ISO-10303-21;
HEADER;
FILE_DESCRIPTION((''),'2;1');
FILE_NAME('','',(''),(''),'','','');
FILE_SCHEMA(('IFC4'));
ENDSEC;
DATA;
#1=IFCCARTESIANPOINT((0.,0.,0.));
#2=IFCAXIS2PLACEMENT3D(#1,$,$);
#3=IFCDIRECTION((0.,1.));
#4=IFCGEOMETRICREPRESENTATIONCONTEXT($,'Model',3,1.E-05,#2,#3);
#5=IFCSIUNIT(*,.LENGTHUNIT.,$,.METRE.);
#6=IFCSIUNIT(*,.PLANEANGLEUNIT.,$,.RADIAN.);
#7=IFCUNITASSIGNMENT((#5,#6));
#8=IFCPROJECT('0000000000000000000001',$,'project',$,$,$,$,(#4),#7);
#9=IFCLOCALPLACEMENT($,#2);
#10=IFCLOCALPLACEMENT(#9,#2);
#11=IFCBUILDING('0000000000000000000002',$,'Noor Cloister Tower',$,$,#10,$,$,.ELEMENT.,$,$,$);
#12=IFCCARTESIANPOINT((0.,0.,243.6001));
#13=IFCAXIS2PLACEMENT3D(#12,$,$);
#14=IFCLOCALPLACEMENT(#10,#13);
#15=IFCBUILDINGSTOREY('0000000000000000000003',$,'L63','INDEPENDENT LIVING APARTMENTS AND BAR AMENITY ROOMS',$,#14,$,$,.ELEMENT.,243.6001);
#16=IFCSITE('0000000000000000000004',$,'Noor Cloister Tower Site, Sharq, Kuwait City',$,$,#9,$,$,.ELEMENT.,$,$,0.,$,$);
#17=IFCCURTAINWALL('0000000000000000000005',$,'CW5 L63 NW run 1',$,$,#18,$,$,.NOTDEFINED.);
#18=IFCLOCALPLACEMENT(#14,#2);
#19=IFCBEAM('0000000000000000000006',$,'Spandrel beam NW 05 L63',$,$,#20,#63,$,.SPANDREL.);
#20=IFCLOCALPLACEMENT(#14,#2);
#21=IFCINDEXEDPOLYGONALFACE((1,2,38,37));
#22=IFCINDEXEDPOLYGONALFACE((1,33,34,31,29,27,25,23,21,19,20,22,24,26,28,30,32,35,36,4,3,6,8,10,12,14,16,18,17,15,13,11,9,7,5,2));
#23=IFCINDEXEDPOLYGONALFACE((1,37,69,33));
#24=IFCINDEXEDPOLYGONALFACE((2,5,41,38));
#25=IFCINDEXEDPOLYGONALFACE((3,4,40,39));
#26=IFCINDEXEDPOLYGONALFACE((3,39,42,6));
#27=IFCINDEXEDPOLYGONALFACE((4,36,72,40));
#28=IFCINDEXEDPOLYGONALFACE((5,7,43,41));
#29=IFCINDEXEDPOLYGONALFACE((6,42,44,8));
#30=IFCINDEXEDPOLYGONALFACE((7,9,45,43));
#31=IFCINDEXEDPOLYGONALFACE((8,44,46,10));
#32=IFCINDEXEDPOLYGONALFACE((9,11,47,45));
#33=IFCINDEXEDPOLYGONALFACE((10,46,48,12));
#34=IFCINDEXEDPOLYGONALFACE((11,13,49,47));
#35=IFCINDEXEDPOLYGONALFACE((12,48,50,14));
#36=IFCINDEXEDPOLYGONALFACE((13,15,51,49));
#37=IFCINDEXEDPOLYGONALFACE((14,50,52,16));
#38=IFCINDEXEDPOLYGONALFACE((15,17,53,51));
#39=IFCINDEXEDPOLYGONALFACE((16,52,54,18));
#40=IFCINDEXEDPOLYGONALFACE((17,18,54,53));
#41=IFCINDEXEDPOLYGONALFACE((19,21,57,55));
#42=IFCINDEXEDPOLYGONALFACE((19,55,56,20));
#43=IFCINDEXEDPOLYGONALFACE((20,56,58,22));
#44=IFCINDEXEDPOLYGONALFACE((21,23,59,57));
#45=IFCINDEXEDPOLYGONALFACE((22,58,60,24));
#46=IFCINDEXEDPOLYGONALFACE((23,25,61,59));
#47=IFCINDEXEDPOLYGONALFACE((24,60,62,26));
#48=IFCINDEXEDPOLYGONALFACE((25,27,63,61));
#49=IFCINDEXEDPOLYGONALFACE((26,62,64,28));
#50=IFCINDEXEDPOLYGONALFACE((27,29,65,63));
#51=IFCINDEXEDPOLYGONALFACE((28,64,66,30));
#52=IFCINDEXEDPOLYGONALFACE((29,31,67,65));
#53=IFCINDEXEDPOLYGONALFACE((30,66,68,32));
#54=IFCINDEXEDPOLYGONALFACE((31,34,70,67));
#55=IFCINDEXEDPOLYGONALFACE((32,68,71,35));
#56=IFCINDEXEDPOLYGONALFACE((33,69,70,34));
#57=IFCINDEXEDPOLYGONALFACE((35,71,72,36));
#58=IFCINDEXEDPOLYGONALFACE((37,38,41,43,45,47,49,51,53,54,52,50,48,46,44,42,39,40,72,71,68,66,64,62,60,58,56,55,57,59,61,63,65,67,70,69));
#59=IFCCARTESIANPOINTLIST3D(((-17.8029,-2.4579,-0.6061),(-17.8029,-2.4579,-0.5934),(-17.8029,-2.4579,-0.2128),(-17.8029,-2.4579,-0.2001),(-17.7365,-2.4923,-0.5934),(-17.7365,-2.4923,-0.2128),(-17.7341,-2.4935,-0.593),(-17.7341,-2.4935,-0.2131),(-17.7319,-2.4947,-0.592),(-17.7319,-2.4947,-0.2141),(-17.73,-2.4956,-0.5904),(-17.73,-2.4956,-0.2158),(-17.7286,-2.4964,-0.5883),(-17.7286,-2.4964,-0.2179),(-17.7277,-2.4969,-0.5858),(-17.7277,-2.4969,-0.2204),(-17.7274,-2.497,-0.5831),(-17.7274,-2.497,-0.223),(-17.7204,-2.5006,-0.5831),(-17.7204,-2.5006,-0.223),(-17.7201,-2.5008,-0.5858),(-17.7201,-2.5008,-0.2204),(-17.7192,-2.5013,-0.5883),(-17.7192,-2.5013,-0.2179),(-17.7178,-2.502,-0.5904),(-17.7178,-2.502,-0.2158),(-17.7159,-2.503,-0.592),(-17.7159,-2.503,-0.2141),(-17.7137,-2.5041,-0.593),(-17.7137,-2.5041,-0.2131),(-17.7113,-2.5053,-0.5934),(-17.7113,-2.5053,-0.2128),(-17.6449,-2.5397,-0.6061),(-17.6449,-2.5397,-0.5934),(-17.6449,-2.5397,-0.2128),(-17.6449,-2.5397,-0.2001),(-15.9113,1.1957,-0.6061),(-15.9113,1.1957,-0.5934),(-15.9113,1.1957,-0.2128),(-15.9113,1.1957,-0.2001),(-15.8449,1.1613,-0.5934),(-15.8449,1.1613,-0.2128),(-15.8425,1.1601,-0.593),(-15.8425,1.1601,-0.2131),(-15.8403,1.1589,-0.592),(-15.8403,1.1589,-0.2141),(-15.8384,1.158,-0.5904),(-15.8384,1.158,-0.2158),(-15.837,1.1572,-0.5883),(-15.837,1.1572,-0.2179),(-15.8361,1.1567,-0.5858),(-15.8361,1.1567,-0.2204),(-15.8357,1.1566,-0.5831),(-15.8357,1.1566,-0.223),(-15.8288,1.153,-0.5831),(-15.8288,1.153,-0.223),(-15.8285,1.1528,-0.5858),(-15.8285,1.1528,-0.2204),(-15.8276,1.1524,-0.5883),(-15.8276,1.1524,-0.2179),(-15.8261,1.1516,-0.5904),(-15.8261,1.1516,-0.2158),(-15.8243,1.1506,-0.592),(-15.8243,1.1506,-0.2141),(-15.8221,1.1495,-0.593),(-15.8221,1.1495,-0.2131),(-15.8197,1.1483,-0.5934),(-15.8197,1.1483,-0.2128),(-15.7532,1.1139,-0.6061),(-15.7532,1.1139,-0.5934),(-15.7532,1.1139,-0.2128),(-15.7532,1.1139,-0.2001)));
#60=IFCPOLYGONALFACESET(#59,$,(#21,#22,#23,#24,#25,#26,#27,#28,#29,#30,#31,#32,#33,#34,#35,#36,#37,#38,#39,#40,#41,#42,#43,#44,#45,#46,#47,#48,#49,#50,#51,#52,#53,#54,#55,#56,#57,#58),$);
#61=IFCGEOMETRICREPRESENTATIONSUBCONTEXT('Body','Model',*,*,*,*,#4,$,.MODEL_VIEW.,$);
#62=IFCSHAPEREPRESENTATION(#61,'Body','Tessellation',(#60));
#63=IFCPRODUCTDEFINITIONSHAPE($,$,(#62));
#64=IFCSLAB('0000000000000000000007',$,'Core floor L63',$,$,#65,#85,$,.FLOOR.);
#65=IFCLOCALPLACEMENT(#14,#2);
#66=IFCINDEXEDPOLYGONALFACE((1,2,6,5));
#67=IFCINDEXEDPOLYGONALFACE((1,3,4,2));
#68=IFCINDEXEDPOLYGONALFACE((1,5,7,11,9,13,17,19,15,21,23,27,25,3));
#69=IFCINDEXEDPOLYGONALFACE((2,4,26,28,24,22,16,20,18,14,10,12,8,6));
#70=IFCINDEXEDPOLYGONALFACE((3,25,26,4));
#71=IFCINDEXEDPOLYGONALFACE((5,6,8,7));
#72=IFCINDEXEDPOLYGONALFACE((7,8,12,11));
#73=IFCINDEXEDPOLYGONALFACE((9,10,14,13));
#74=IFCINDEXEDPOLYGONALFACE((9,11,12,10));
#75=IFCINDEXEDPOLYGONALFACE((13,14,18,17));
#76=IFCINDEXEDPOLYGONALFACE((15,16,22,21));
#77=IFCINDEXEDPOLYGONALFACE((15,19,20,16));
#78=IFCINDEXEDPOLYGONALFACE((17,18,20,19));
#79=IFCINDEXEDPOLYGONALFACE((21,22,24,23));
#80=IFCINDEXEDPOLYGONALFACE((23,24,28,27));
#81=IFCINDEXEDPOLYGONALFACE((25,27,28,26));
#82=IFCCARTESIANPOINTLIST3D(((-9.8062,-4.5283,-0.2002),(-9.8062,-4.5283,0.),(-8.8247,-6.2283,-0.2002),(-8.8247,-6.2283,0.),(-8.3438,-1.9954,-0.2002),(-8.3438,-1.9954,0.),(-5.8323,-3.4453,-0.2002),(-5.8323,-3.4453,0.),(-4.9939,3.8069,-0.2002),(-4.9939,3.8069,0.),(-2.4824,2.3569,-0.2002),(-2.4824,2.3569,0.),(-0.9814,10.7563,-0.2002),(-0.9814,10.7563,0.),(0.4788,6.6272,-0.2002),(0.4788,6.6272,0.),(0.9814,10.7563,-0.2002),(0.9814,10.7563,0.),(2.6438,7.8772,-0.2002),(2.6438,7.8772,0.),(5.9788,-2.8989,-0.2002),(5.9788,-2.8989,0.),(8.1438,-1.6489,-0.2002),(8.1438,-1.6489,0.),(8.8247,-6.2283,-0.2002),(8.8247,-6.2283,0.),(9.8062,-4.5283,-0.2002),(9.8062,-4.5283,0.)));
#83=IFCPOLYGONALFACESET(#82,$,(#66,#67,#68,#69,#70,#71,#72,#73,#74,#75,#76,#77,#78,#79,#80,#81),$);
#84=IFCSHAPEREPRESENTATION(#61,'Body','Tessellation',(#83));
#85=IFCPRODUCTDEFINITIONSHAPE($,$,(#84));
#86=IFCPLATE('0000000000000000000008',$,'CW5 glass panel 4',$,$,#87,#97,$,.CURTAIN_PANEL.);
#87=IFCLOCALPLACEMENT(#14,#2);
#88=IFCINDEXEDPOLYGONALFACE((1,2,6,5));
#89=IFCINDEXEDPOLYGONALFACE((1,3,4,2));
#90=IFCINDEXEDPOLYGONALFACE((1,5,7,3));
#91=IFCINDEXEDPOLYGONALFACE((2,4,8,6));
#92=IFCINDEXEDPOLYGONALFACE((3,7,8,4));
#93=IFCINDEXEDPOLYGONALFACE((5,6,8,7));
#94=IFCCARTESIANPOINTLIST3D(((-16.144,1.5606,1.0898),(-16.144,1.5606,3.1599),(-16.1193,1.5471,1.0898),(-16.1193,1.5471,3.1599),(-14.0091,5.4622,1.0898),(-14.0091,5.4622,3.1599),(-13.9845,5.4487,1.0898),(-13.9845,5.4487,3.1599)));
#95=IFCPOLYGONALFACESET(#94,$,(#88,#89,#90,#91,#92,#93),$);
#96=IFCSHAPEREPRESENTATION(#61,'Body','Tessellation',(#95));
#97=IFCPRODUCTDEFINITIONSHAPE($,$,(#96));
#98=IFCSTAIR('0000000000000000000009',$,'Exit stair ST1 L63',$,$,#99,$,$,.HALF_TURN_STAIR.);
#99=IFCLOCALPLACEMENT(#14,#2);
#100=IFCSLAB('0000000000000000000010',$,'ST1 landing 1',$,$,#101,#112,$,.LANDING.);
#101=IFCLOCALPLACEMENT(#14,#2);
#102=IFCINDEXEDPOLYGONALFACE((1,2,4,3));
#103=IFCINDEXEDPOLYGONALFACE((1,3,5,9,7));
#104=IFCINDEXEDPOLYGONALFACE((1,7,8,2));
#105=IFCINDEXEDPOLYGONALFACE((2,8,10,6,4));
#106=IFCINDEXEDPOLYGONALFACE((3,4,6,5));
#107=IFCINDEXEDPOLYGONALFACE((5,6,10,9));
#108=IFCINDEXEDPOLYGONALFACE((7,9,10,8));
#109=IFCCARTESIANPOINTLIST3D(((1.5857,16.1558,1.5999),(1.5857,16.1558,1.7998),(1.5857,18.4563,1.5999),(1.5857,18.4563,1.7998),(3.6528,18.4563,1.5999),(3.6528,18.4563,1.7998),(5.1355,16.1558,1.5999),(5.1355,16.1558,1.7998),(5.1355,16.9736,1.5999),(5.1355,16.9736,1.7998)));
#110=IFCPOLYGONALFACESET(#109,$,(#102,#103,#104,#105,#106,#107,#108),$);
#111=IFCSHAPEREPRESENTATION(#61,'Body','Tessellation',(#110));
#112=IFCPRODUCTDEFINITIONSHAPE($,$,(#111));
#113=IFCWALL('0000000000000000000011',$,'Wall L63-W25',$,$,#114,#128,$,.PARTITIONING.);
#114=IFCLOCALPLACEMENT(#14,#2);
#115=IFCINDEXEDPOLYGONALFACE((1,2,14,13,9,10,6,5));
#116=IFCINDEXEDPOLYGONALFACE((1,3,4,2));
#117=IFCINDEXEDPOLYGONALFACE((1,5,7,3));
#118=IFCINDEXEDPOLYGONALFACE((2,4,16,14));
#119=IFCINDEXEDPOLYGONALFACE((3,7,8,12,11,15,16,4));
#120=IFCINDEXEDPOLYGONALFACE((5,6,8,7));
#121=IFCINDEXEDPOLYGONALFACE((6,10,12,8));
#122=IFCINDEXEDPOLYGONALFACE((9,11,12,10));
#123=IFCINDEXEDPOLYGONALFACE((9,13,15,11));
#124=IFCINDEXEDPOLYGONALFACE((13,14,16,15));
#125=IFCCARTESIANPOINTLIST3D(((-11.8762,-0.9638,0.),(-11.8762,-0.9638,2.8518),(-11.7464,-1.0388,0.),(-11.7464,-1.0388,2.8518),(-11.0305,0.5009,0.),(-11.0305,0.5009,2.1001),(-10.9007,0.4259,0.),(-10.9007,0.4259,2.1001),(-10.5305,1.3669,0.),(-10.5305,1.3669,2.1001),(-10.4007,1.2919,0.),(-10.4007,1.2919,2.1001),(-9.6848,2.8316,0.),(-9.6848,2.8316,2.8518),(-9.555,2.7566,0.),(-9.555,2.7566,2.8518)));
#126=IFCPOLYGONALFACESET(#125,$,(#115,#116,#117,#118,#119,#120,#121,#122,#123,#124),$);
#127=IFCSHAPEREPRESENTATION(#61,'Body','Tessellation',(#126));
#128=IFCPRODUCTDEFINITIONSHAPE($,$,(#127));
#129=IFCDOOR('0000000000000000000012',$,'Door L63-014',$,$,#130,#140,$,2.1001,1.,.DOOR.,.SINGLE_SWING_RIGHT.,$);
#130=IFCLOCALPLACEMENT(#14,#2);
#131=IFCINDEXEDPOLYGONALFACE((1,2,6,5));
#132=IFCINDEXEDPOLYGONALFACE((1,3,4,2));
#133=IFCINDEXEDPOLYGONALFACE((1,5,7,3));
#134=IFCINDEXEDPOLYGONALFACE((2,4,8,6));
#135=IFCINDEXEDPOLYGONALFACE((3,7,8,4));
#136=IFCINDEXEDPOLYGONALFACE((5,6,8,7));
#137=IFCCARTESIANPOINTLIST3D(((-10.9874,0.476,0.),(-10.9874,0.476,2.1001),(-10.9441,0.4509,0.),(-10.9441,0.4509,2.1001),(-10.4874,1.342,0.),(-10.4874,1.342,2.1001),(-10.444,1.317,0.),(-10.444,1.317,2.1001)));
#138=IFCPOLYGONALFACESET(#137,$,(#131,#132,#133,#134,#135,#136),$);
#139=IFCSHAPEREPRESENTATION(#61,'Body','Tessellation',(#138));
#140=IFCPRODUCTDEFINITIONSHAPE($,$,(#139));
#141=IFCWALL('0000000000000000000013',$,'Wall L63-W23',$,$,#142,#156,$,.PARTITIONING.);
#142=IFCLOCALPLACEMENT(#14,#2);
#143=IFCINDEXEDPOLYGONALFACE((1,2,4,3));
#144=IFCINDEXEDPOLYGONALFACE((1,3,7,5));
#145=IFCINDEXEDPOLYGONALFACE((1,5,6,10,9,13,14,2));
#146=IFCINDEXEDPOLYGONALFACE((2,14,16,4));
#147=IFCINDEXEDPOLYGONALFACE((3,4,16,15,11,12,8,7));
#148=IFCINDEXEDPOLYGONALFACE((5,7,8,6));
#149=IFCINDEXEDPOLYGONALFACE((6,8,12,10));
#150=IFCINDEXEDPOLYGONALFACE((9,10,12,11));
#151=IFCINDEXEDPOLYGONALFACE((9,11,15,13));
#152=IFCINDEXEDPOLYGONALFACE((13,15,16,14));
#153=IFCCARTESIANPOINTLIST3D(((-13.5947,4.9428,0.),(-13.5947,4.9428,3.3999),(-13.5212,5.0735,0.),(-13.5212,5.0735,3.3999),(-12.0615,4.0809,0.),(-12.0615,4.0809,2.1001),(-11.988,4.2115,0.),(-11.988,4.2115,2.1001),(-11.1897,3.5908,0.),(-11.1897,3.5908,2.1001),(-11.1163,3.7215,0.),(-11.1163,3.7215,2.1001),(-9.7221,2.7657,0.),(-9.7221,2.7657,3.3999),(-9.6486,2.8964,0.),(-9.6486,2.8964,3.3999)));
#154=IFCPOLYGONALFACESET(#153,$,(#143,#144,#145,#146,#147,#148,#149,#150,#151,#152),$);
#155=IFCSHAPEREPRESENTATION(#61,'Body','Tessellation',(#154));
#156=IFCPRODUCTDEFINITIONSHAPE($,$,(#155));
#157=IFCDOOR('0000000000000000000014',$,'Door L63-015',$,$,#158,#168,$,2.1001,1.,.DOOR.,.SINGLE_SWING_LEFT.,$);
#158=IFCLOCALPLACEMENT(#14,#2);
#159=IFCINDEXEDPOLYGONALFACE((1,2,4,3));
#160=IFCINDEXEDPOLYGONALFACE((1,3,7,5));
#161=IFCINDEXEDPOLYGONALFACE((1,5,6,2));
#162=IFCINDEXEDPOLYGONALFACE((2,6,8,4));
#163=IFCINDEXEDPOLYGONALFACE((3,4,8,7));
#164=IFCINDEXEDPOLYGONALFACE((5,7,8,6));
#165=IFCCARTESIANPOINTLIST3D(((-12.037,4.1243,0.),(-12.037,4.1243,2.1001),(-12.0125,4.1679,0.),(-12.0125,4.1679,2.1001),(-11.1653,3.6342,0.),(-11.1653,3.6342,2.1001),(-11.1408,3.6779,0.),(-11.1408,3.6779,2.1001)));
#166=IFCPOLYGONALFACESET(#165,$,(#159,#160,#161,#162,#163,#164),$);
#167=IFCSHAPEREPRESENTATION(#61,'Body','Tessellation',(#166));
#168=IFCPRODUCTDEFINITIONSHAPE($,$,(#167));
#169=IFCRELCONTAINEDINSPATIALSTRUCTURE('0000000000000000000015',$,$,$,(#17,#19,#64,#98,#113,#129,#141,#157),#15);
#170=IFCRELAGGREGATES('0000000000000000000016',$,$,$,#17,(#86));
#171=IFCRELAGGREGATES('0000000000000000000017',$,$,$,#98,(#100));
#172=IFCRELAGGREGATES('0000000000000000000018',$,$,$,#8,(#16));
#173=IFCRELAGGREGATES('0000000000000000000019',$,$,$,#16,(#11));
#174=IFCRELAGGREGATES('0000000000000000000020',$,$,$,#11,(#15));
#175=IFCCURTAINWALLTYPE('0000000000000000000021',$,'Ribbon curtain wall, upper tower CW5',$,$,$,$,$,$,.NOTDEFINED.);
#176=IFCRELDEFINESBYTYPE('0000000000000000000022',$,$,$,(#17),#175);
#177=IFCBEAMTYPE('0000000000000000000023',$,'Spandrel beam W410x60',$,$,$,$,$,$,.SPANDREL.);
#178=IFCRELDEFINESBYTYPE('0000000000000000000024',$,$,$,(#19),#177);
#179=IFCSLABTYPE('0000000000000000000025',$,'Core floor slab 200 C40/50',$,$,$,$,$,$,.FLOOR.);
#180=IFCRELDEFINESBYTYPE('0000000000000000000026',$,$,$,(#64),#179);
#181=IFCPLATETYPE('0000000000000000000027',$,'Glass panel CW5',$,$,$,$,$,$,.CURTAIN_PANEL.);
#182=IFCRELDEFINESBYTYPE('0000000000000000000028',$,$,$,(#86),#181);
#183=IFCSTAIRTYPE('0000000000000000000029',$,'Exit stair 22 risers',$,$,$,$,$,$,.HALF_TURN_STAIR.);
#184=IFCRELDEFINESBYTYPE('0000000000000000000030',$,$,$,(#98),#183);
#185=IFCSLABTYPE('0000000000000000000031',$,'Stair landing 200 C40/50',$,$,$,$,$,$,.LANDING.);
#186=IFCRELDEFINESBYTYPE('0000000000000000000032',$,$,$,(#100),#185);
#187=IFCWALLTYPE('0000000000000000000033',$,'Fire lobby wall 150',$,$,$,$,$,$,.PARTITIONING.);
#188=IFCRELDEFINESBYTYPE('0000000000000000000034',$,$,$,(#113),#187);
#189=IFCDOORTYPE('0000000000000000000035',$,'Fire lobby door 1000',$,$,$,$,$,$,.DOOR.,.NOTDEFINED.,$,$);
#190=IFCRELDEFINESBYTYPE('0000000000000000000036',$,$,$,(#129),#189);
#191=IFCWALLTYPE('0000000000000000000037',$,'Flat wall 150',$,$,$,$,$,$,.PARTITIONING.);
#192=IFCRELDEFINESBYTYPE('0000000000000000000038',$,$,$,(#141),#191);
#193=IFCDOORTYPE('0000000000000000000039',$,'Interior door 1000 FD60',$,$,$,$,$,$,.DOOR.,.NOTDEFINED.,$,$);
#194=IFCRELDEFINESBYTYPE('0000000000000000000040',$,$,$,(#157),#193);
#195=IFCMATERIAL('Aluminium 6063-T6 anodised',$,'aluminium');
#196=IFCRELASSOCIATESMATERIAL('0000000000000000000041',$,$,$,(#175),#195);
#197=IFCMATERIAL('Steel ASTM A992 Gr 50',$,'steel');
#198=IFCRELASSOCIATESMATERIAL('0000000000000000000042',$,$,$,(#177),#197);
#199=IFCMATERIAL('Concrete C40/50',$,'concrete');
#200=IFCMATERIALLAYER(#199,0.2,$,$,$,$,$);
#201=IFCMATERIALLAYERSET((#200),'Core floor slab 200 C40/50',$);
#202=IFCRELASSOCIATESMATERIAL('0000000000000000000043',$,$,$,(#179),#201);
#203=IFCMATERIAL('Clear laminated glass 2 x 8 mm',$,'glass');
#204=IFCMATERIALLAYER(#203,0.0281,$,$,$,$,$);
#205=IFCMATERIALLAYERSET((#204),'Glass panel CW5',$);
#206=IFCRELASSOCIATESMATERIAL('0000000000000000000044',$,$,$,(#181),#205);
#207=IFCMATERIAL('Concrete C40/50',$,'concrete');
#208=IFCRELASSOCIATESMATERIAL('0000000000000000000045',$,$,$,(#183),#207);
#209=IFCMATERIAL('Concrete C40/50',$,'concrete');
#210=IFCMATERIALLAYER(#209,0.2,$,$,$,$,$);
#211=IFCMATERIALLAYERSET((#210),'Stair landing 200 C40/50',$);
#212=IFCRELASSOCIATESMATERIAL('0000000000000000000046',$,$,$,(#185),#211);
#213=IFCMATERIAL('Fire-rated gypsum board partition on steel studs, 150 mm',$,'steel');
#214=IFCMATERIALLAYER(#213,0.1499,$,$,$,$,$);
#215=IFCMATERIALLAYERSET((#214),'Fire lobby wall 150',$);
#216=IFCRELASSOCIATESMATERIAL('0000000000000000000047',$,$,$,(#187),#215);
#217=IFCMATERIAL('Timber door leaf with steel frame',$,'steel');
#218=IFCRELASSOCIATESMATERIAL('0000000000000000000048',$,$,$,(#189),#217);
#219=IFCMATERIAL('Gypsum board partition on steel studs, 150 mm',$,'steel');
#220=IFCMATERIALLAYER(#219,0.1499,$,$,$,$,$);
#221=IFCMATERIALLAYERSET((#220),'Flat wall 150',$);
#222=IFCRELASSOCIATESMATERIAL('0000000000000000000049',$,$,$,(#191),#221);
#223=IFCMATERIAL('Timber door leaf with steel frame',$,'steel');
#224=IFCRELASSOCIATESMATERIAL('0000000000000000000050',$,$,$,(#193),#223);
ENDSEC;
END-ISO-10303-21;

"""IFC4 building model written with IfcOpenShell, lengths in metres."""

from ifc_helpers import new_model, si_unit, direction, frame, frame_2d, origin, origin_2d, place, context, subcontext, project, spatial, polyline, rectangle, i_section, outline, extrude, material, layer, layer_set, material_profile, profile_set, type_object, element, fill, aggregate, save


model = new_model("IFC4")

# Units and contexts
model_context = context("Model", 3, precision=1e-05, world=origin(), true_north=direction((0.0, 1.0)))
body_context = subcontext(model_context, "Body", "Model", "MODEL_VIEW")
ifc_project = project(units=[si_unit("LENGTHUNIT", "METRE"), si_unit("PLANEANGLEUNIT", "RADIAN")], contexts=[model_context])

# Site, building, storey
site_placement = place(None, origin())
site = spatial("IfcSite", under=ifc_project, at=site_placement, Name="Noor Cloister Tower Site, Sharq, Kuwait City", CompositionType="ELEMENT", RefElevation=0.0)
building_placement = place(site_placement, origin())
building = spatial("IfcBuilding", under=site, at=building_placement, Name="Noor Cloister Tower", CompositionType="ELEMENT")
storey_placement = place(building_placement, frame((0.0, 0.0, 243.6001)))
storey = spatial("IfcBuildingStorey", under=building, at=storey_placement, Name="L63", Description="INDEPENDENT LIVING APARTMENTS AND BAR AMENITY ROOMS", CompositionType="ELEMENT", Elevation=243.6001)

# Curtain wall
ifc_material_1 = material(Name="Aluminium 6063-T6 anodised", Category="aluminium")
curtain_wall_type = type_object("IfcCurtainWallType", Name="Ribbon curtain wall, upper tower CW5", PredefinedType="NOTDEFINED", material=ifc_material_1)
curtain_wall_placement = place(storey_placement, origin())
curtain_wall = element("IfcCurtainWall", 1, at=curtain_wall_placement, inside=storey, type_object=curtain_wall_type, Name="CW5 L63 NW run 1", PredefinedType="NOTDEFINED")

# Beam
ifc_material_2 = material(Name="Steel ASTM A992 Gr 50", Category="steel")
ifc_material_profile_1 = material_profile(ifc_material_2, i_section(OverallWidth=0.178, OverallDepth=0.406, WebThickness=0.0078, FlangeThickness=0.0127, FilletRadius=0.0103, at=origin_2d()), Name="W410x60")
ifc_profile_set_1 = profile_set([ifc_material_profile_1], Name="Steel ASTM A992 Gr 50")
beam_type_1 = type_object("IfcBeamType", Name="Spandrel beam W410x60", PredefinedType="SPANDREL", material=ifc_profile_set_1)
beam_1_placement = place(storey_placement, frame((-15.8323, 1.1548, -0.4031), z_axis=(-0.459773, -0.888036, 0.0), x_axis=(0.888036, -0.459773, 0.0)))
element("IfcBeam", 2, at=beam_1_placement, inside=storey, type_object=beam_type_1, Name="Spandrel beam NW 05 L63", PredefinedType="SPANDREL", context=body_context, shape_type="SweptSolid", body=[
    extrude(i_section(OverallWidth=0.178, OverallDepth=0.406, WebThickness=0.0078, FlangeThickness=0.0127, FilletRadius=0.0103, at=origin_2d()), origin(), (0.0, 0.0, 1.0), 4.1143),
])

# Slab
ifc_material_3 = material(Name="Concrete C40/50", Category="concrete")
ifc_layer_1 = layer(ifc_material_3, 0.2)
ifc_layer_set_1 = layer_set([ifc_layer_1], Name="Core floor slab 200 C40/50")
slab_type_1 = type_object("IfcSlabType", Name="Core floor slab 200 C40/50", PredefinedType="FLOOR", material=ifc_layer_set_1)
slab_1_placement = place(storey_placement, frame((0.0, 0.0, -0.2002)))
element("IfcSlab", 3, at=slab_1_placement, inside=storey, type_object=slab_type_1, Name="Core floor L63", PredefinedType="FLOOR", context=body_context, shape_type="SweptSolid", body=[
    extrude(outline(polyline([(2.6438, 7.8772), (0.9814, 10.7563), (-0.9814, 10.7563), (-4.9939, 3.8069), (-2.4824, 2.3569), (-5.8323, -3.4453), (-8.3438, -1.9954), (-9.8062, -4.5283), (-8.8247, -6.2283), (8.8247, -6.2283), (9.8062, -4.5283), (8.1438, -1.6489), (5.9788, -2.8989), (0.4788, 6.6272), (2.6438, 7.8772)])), origin(), (0.0, 0.0, 1.0), 0.2002),
])

# Plate
ifc_material_4 = material(Name="Clear laminated glass 2 x 8 mm", Category="glass")
ifc_layer_2 = layer(ifc_material_4, 0.0281)
ifc_layer_set_2 = layer_set([ifc_layer_2], Name="Glass panel CW5")
plate_type = type_object("IfcPlateType", Name="Glass panel CW5", PredefinedType="CURTAIN_PANEL", material=ifc_layer_set_2)
plate_placement = place(storey_placement, frame((-15.0642, 3.5046, 1.0898), z_axis=(0.0, 0.0, 1.0), x_axis=(-0.480015, -0.87726, 0.0)))
plate = element("IfcPlate", 4, at=plate_placement, type_object=plate_type, Name="CW5 glass panel 4", PredefinedType="CURTAIN_PANEL", context=body_context, shape_type="SweptSolid", body=[
    extrude(rectangle(XDim=4.4475, YDim=0.0281, at=origin_2d()), origin(), (0.0, 0.0, 1.0), 2.0701),
])
aggregate(curtain_wall, [plate])

# Stair, slab
ifc_material_5 = material(Name="Concrete C40/50", Category="concrete")
stair_type = type_object("IfcStairType", Name="Exit stair 22 risers", PredefinedType="HALF_TURN_STAIR", material=ifc_material_5)
stair_placement = place(storey_placement, origin())
stair = element("IfcStair", 5, at=stair_placement, inside=storey, type_object=stair_type, Name="Exit stair ST1 L63", PredefinedType="HALF_TURN_STAIR")
ifc_material_6 = material(Name="Concrete C40/50", Category="concrete")
ifc_layer_3 = layer(ifc_material_6, 0.2)
ifc_layer_set_3 = layer_set([ifc_layer_3], Name="Stair landing 200 C40/50")
slab_type_2 = type_object("IfcSlabType", Name="Stair landing 200 C40/50", PredefinedType="LANDING", material=ifc_layer_set_3)
slab_2_placement = place(storey_placement, frame((0.0, 0.0, 1.5999)))
slab_2 = element("IfcSlab", 6, at=slab_2_placement, type_object=slab_type_2, Name="ST1 landing 1", PredefinedType="LANDING", context=body_context, shape_type="SweptSolid", body=[
    extrude(outline(polyline([(5.1355, 16.1558), (5.1355, 16.9736), (3.6528, 18.4563), (1.5857, 18.4563), (1.5857, 16.1558), (5.1355, 16.1558)])), origin(), (0.0, 0.0, 1.0), 0.2),
])
aggregate(stair, [slab_2])

# Walls, openings, doors
ifc_material_7 = material(Name="Fire-rated gypsum board partition on steel studs, 150 mm", Category="steel")
ifc_layer_4 = layer(ifc_material_7, 0.1499)
ifc_layer_set_4 = layer_set([ifc_layer_4], Name="Fire lobby wall 150")
wall_type_1 = type_object("IfcWallType", Name="Fire lobby wall 150", PredefinedType="PARTITIONING", material=ifc_layer_set_4)
wall_1_placement = place(storey_placement, frame((-9.6199, 2.7942, 0.0), z_axis=(0.0, 0.0, 1.0), x_axis=(-0.500021, -0.866013, 0.0)))
wall_1 = element("IfcWall", 7, at=wall_1_placement, inside=storey, type_object=wall_type_1, Name="Wall L63-W25", PredefinedType="PARTITIONING", context=body_context, shape_type="SweptSolid", body=[
    extrude(rectangle(XDim=4.3826, YDim=0.1499, at=frame_2d((2.1914, 0.0))), origin(), (0.0, 0.0, 1.0), 2.8518),
])
opening_1_placement = place(wall_1_placement, frame((1.6914, 0.0, 0.0)))
opening_1 = element("IfcOpeningElement", 8, at=opening_1_placement, cuts=wall_1, PredefinedType="OPENING", context=body_context, shape_type="SweptSolid", body=[
    extrude(rectangle(XDim=1.0, YDim=2.1001, at=frame_2d((0.5, 1.05))), frame((0.0, 0.085, 0.0), z_axis=(0.0, -1.0, 0.0), x_axis=(1.0, 0.0, 0.0)), (0.0, 0.0, 1.0), 0.1699),
])
ifc_material_8 = material(Name="Timber door leaf with steel frame", Category="steel")
door_type_1 = type_object("IfcDoorType", Name="Fire lobby door 1000", OperationType="NOTDEFINED", PredefinedType="DOOR", material=ifc_material_8)
door_1_placement = place(opening_1_placement, origin())
door_1 = element("IfcDoor", 9, at=door_1_placement, inside=storey, type_object=door_type_1, Name="Door L63-014", OperationType="SINGLE_SWING_RIGHT", OverallHeight=2.1001, OverallWidth=1.0, PredefinedType="DOOR", context=body_context, shape_type="SweptSolid", body=[
    extrude(rectangle(XDim=1.0, YDim=2.1001, at=frame_2d((0.5, 1.05))), frame((0.0, 0.0249, 0.0), z_axis=(0.0, -1.0, 0.0), x_axis=(1.0, 0.0, 0.0)), (0.0, 0.0, 1.0), 0.05),
])
fill(opening_1, door_1)
ifc_material_9 = material(Name="Gypsum board partition on steel studs, 150 mm", Category="steel")
ifc_layer_5 = layer(ifc_material_9, 0.1499)
ifc_layer_set_5 = layer_set([ifc_layer_5], Name="Flat wall 150")
wall_type_2 = type_object("IfcWallType", Name="Flat wall 150", PredefinedType="PARTITIONING", material=ifc_layer_set_5)
wall_2_placement = place(storey_placement, frame((-13.5579, 5.0081, 0.0), z_axis=(0.0, 0.0, 1.0), x_axis=(0.871702, -0.490037, 0.0)))
wall_2 = element("IfcWall", 10, at=wall_2_placement, inside=storey, type_object=wall_type_2, Name="Wall L63-W23", PredefinedType="PARTITIONING", context=body_context, shape_type="SweptSolid", body=[
    extrude(rectangle(XDim=4.4426, YDim=0.1499, at=frame_2d((2.2212, 0.0))), origin(), (0.0, 0.0, 1.0), 3.3999),
])
opening_2_placement = place(wall_2_placement, frame((1.7588, 0.0, 0.0)))
opening_2 = element("IfcOpeningElement", 11, at=opening_2_placement, cuts=wall_2, PredefinedType="OPENING", context=body_context, shape_type="SweptSolid", body=[
    extrude(rectangle(XDim=1.0, YDim=2.1001, at=frame_2d((0.5, 1.05))), frame((0.0, 0.085, 0.0), z_axis=(0.0, -1.0, 0.0), x_axis=(1.0, 0.0, 0.0)), (0.0, 0.0, 1.0), 0.1699),
])
ifc_material_10 = material(Name="Timber door leaf with steel frame", Category="steel")
door_type_2 = type_object("IfcDoorType", Name="Interior door 1000 FD60", OperationType="NOTDEFINED", PredefinedType="DOOR", material=ifc_material_10)
door_2_placement = place(opening_2_placement, origin())
door_2 = element("IfcDoor", 12, at=door_2_placement, inside=storey, type_object=door_type_2, Name="Door L63-015", OperationType="SINGLE_SWING_LEFT", OverallHeight=2.1001, OverallWidth=1.0, PredefinedType="DOOR", context=body_context, shape_type="SweptSolid", body=[
    extrude(rectangle(XDim=1.0, YDim=2.1001, at=frame_2d((0.5, 1.05))), frame((0.0, 0.0249, 0.0), z_axis=(0.0, -1.0, 0.0), x_axis=(1.0, 0.0, 0.0)), (0.0, 0.0, 1.0), 0.05),
])
fill(opening_2, door_2)

save(model, "model.ifc")
